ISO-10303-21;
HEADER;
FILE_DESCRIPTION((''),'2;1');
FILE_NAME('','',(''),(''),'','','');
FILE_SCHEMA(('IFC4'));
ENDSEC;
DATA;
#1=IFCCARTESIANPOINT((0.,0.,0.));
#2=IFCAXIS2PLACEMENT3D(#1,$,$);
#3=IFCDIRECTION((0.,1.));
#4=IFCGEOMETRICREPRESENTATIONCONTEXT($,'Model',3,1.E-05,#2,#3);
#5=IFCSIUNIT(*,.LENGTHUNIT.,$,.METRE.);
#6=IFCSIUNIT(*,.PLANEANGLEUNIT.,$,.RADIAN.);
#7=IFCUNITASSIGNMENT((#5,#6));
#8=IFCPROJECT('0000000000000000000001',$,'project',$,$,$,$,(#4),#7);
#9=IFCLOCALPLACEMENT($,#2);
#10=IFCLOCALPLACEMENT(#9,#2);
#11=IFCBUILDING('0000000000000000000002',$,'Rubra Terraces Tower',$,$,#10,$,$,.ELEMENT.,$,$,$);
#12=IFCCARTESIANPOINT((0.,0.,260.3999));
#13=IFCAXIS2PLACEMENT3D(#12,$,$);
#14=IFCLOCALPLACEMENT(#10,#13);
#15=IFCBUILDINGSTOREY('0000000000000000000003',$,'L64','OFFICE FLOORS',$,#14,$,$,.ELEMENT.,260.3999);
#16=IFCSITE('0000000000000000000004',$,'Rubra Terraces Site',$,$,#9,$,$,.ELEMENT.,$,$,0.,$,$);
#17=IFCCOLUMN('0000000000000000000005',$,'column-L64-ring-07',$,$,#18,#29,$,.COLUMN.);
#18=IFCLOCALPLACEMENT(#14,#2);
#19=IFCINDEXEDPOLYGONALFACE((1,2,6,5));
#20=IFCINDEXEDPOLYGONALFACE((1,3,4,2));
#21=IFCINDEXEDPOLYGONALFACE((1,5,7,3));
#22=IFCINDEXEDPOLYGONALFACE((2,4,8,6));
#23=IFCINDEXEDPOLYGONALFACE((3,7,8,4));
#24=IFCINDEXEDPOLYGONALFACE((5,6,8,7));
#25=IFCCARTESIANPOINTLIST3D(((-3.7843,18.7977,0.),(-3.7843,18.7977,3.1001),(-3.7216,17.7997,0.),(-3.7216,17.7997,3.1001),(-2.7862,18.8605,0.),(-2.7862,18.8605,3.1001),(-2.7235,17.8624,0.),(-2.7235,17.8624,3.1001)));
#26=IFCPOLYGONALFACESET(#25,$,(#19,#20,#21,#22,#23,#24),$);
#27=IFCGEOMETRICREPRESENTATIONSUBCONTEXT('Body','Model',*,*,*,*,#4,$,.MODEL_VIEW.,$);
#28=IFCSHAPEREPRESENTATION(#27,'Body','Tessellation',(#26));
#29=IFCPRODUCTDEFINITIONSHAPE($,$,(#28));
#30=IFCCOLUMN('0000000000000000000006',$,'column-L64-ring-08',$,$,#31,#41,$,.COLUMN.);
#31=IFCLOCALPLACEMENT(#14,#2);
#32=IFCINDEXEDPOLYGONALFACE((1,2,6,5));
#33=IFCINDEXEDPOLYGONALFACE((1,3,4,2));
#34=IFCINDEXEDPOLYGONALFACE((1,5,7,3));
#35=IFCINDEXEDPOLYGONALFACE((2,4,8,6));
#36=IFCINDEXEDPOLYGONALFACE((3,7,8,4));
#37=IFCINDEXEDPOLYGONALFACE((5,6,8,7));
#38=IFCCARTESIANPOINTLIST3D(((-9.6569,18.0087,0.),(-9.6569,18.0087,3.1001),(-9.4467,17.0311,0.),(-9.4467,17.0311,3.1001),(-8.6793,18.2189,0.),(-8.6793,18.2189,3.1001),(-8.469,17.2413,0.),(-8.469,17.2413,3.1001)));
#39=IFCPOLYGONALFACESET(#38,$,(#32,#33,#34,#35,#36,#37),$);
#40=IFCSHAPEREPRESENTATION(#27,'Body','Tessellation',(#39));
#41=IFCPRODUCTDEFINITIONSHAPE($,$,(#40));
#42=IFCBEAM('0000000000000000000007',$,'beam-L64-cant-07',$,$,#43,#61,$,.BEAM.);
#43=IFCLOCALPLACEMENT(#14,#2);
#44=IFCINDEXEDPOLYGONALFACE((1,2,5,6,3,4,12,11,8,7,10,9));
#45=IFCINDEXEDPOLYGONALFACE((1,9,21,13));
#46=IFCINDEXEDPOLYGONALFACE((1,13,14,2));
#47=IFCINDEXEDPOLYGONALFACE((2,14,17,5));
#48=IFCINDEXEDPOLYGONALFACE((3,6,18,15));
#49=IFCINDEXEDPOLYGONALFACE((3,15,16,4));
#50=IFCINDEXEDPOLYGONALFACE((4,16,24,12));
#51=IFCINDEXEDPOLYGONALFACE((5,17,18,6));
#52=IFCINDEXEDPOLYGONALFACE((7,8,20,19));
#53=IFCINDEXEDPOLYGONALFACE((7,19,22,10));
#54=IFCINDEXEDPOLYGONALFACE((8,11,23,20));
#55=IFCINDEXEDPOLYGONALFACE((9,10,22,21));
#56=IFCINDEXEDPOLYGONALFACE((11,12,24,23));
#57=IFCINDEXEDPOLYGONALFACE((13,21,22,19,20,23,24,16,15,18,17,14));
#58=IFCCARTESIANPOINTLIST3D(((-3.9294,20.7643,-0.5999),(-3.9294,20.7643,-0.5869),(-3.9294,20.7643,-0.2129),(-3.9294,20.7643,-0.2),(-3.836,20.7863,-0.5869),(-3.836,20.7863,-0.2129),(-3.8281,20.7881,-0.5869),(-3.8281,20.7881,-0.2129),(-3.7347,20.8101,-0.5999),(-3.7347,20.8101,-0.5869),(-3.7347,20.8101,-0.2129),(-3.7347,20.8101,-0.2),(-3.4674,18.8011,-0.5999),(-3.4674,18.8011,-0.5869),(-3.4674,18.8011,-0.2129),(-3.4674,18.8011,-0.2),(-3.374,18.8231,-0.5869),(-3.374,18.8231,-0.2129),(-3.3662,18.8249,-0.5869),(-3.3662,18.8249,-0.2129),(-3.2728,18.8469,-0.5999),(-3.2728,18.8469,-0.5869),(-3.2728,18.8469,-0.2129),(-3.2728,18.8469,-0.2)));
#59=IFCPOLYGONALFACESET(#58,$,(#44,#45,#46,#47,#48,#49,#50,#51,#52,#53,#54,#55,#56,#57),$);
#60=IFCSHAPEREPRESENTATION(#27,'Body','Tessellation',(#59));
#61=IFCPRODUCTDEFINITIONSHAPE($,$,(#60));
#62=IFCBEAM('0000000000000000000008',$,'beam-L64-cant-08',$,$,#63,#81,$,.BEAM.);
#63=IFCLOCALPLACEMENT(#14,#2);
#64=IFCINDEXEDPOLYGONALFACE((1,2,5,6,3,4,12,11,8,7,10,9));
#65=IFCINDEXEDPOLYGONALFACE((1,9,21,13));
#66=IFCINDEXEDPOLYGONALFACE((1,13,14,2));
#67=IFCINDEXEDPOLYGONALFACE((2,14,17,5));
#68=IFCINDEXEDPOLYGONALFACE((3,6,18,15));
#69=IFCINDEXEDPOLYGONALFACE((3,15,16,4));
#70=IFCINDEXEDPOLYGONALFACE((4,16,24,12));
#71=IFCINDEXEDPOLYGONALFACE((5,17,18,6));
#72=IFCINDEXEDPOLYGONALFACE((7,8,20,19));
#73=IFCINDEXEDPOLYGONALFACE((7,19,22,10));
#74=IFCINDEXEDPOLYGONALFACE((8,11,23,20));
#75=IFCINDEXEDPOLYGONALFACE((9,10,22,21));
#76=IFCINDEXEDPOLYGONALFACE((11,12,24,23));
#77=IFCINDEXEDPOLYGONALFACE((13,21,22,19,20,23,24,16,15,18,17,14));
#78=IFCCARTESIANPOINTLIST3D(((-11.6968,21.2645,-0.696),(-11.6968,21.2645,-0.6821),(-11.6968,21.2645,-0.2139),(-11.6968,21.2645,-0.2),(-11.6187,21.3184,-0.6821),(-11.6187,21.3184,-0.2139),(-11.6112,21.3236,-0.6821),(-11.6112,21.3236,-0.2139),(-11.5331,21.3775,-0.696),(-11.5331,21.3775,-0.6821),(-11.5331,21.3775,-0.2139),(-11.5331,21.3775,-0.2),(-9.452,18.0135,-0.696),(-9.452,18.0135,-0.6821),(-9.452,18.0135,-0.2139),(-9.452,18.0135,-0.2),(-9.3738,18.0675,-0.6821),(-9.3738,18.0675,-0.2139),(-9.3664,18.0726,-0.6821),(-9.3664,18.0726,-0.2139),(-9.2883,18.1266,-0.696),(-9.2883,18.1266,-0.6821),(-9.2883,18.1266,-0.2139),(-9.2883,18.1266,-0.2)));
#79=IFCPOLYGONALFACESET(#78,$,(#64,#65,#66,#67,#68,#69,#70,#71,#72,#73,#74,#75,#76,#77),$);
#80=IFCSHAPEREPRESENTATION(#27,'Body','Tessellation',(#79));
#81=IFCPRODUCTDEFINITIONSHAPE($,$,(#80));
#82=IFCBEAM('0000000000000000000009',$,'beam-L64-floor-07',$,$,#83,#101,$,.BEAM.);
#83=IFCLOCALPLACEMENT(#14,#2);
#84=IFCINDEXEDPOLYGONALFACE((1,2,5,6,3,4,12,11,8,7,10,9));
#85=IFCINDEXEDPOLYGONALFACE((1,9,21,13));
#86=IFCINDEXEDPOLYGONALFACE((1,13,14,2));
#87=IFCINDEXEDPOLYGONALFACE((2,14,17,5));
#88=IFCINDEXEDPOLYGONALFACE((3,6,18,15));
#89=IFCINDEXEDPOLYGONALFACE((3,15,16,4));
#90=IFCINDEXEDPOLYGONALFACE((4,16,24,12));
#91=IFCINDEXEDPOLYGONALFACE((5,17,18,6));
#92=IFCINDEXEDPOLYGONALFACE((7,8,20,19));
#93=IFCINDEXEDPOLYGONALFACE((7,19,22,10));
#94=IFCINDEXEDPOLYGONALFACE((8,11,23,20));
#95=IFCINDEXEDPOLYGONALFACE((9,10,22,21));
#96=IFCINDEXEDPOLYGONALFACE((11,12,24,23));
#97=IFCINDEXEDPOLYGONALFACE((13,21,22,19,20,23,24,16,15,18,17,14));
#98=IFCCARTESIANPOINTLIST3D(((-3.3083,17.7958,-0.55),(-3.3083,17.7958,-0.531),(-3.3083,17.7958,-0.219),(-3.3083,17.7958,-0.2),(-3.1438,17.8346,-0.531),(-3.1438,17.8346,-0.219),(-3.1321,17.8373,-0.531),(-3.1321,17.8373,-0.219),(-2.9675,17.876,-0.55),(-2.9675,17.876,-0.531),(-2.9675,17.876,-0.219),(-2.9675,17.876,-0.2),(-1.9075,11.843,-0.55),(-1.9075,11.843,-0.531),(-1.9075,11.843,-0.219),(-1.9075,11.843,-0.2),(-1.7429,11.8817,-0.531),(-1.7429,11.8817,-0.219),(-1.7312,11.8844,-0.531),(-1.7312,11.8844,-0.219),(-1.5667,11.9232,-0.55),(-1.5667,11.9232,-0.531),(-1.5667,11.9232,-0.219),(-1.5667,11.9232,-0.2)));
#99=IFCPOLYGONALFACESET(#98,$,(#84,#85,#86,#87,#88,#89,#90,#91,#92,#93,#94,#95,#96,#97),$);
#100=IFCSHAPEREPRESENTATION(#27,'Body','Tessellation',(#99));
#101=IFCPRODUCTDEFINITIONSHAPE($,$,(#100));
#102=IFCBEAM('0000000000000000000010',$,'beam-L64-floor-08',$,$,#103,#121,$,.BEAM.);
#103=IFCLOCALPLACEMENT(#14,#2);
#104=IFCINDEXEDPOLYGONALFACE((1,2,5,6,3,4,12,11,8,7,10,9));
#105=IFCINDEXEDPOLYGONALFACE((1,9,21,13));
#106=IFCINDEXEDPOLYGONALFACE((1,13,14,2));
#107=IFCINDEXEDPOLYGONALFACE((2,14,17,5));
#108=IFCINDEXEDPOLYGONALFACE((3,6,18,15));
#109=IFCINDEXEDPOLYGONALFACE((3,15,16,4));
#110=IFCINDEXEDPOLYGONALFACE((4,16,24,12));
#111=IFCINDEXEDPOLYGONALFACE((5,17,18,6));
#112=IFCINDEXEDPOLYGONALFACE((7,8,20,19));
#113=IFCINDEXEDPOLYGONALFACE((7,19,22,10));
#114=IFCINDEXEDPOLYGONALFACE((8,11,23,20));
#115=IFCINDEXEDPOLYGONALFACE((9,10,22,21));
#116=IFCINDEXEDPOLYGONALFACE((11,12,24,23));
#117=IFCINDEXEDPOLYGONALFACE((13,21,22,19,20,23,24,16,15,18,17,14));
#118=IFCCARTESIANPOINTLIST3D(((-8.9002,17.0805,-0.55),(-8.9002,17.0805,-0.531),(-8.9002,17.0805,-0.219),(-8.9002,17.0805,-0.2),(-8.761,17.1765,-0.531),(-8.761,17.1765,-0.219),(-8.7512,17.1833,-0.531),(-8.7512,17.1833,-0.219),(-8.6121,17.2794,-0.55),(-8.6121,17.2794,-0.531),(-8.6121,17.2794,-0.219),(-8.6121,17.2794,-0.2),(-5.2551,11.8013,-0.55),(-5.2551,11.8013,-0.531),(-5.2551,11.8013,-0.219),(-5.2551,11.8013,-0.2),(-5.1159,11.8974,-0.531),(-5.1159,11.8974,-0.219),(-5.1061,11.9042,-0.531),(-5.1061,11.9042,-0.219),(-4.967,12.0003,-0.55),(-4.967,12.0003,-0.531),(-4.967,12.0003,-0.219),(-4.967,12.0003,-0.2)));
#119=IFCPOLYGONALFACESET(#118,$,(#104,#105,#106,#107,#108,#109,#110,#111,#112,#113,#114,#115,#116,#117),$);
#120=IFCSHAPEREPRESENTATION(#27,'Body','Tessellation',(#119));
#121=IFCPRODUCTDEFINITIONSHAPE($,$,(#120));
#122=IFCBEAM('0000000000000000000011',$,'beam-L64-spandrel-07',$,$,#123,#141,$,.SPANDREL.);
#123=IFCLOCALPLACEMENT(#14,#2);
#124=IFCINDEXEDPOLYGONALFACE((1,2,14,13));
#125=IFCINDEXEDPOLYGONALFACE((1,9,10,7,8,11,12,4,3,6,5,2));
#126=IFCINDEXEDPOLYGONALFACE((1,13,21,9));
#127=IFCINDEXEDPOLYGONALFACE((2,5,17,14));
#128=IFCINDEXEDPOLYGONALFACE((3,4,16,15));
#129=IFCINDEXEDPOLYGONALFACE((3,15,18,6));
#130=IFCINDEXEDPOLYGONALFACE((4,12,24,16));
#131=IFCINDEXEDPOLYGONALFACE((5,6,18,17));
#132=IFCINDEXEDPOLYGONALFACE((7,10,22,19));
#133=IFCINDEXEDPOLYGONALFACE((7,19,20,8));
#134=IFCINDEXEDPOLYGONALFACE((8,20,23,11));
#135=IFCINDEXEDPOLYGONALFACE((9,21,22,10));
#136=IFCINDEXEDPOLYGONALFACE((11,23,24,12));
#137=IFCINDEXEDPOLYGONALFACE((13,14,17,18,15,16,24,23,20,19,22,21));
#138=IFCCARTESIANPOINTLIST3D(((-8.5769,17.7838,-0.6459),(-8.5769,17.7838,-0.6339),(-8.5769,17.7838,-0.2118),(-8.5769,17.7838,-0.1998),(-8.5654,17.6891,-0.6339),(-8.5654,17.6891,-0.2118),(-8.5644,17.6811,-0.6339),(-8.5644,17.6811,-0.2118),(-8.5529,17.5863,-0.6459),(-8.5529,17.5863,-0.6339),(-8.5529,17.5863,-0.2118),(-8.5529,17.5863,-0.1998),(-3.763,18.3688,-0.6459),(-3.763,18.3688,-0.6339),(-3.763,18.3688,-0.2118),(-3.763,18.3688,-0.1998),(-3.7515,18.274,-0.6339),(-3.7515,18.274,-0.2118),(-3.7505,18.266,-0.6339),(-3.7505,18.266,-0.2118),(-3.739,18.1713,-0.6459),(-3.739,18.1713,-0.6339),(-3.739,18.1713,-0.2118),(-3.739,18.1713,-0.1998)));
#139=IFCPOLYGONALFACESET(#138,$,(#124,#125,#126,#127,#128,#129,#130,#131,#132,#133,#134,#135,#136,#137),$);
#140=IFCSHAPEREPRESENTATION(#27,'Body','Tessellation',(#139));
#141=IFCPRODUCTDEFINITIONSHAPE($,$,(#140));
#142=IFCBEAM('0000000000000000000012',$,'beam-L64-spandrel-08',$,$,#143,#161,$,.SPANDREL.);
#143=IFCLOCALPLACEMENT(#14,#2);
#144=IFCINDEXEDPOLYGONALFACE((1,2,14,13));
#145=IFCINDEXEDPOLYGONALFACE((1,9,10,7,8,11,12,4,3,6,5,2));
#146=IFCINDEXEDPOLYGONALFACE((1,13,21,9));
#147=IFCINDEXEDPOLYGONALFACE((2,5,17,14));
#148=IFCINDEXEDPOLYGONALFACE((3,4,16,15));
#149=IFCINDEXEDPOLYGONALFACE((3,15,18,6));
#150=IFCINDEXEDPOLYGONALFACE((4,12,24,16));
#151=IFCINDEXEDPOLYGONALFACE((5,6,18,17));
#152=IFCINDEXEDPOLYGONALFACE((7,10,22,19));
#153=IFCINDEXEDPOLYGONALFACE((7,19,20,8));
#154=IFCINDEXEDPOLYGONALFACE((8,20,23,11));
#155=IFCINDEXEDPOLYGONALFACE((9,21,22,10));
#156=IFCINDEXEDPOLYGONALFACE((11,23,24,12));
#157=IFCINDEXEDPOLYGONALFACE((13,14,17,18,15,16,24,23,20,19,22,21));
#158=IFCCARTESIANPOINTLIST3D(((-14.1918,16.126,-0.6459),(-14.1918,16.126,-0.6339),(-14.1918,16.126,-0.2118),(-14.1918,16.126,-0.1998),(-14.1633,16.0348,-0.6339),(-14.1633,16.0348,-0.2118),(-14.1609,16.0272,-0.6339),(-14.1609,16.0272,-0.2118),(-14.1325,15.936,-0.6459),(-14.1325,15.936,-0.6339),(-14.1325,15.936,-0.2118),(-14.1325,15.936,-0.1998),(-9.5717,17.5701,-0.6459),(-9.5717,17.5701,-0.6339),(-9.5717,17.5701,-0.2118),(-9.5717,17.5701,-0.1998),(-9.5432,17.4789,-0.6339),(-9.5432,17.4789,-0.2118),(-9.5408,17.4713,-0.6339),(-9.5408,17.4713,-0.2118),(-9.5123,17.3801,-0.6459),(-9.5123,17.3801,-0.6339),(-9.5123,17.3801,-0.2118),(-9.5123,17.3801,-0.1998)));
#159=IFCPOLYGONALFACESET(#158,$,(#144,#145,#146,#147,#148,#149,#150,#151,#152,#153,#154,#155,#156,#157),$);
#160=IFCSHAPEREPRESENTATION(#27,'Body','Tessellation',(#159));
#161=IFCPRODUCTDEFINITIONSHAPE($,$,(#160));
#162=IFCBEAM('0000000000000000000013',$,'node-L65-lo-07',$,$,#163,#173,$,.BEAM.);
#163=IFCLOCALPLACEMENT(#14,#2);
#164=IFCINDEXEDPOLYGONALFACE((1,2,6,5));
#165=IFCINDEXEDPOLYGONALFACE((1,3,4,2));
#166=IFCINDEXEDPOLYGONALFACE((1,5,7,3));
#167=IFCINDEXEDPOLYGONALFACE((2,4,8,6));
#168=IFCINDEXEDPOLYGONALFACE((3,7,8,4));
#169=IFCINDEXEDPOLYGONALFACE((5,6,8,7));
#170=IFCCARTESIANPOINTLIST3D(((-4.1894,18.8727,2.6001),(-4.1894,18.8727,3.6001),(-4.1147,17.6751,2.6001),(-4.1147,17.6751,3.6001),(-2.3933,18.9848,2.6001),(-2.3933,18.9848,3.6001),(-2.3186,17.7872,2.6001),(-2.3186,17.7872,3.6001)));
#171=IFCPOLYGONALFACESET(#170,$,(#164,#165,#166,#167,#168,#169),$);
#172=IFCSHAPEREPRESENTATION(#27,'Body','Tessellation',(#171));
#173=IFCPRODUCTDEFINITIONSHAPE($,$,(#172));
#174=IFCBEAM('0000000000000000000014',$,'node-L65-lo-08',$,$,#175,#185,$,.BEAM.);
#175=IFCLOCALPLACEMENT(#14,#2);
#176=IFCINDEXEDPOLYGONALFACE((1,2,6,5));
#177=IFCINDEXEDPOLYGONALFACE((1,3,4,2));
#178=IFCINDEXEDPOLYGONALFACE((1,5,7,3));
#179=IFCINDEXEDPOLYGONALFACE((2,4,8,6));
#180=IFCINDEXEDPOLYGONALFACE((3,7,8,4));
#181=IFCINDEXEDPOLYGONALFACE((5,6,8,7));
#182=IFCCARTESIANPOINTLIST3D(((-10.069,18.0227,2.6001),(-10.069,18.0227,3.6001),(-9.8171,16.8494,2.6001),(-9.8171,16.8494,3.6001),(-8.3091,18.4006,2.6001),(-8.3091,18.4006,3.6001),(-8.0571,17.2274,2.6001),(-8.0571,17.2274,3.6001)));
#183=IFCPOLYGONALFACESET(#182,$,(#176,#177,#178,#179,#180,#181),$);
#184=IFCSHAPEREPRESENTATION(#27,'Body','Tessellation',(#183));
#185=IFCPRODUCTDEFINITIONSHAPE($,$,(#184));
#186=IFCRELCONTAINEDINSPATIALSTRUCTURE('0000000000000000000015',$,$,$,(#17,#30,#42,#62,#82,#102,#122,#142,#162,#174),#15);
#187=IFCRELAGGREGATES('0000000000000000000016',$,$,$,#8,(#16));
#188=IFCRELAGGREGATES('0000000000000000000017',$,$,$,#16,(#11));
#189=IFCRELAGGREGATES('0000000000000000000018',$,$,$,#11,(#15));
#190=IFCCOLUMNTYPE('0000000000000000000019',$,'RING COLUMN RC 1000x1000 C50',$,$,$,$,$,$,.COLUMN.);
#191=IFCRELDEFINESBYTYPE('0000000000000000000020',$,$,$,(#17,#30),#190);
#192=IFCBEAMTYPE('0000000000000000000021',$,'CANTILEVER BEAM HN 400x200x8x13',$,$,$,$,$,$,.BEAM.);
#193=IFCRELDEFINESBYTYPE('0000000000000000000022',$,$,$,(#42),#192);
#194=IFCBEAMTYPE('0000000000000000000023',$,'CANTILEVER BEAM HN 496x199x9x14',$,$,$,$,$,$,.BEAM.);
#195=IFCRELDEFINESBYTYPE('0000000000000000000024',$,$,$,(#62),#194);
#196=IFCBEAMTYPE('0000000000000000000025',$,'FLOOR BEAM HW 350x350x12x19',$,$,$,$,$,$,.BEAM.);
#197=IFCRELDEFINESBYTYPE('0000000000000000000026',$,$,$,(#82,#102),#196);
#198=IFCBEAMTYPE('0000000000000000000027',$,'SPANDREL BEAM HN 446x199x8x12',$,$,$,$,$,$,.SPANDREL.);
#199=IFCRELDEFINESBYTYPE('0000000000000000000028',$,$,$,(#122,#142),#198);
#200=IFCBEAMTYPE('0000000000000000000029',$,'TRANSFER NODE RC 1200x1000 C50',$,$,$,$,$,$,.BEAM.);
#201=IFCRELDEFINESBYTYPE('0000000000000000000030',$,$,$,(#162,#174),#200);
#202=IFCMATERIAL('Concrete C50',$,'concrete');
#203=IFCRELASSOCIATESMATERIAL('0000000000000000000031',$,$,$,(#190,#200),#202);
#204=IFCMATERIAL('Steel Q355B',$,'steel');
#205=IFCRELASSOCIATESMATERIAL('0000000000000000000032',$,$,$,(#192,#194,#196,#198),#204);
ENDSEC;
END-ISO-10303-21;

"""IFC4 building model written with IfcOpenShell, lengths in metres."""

from ifc_helpers import new_model, si_unit, direction, frame, origin, origin_2d, place, context, subcontext, project, spatial, rectangle, i_section, extrude, material, material_profile, profile_set, type_object, element, save


model = new_model("IFC4")

# Units and contexts
model_context = context("Model", 3, precision=1e-05, world=origin(), true_north=direction((0.0, 1.0)))
body_context = subcontext(model_context, "Body", "Model", "MODEL_VIEW")
ifc_project = project(units=[si_unit("LENGTHUNIT", "METRE"), si_unit("PLANEANGLEUNIT", "RADIAN")], contexts=[model_context])

# Site, building, storey
site_placement = place(None, origin())
site = spatial("IfcSite", under=ifc_project, at=site_placement, Name="Rubra Terraces Site", CompositionType="ELEMENT", RefElevation=0.0)
building_placement = place(site_placement, origin())
building = spatial("IfcBuilding", under=site, at=building_placement, Name="Rubra Terraces Tower", CompositionType="ELEMENT")
storey_placement = place(building_placement, frame((0.0, 0.0, 260.3999)))
storey = spatial("IfcBuildingStorey", under=building, at=storey_placement, Name="L64", Description="OFFICE FLOORS", CompositionType="ELEMENT", Elevation=260.3999)

# Columns
ifc_material_1 = material(Name="Concrete C50", Category="concrete")
ifc_material_profile_1 = material_profile(ifc_material_1, rectangle(XDim=1.0, YDim=1.0, at=origin_2d()), Name="RC 1000x1000")
ifc_profile_set_1 = profile_set([ifc_material_profile_1], Name="Concrete C50")
column_type = type_object("IfcColumnType", Name="RING COLUMN RC 1000x1000 C50", PredefinedType="COLUMN", material=ifc_profile_set_1)
for number, where, z_axis, x_axis, name in (
    (1, (-3.2539, 18.3301, 0.0), (0.0, 0.0, 1.0), (-0.998032, -0.062714, 0.0), "column-L64-ring-07"),
    (2, (-9.063, 17.625, 0.0), (0.0, 0.0, 1.0), (-0.977653, -0.210227, 0.0), "column-L64-ring-08"),
):
    element("IfcColumn", number, at=place(storey_placement, frame(where, z_axis=z_axis, x_axis=x_axis)), inside=storey, type_object=column_type, Name=name, PredefinedType="COLUMN", context=body_context, shape_type="SweptSolid", body=[
        extrude(rectangle(XDim=1.0, YDim=1.0, at=origin_2d()), origin(), (0.0, 0.0, 1.0), 3.1001),
    ])

# Beams
ifc_material_2 = material(Name="Steel Q355B", Category="steel")
ifc_material_profile_2 = material_profile(ifc_material_2, i_section(OverallWidth=0.2, OverallDepth=0.3999, WebThickness=0.0081, FlangeThickness=0.0129, at=origin_2d()), Name="HN 400x200x8x13")
ifc_profile_set_2 = profile_set([ifc_material_profile_2], Name="Steel Q355B")
beam_type_1 = type_object("IfcBeamType", Name="CANTILEVER BEAM HN 400x200x8x13", PredefinedType="BEAM", material=ifc_profile_set_2)
beam_1_placement = place(storey_placement, frame((-3.3701, 18.824, -0.3999), z_axis=(-0.229039, 0.973417, 0.0), x_axis=(-0.973417, -0.229039, 0.0)))
element("IfcBeam", 3, at=beam_1_placement, inside=storey, type_object=beam_type_1, Name="beam-L64-cant-07", PredefinedType="BEAM", context=body_context, shape_type="SweptSolid", body=[
    extrude(i_section(OverallWidth=0.2, OverallDepth=0.3999, WebThickness=0.0081, FlangeThickness=0.0129, at=origin_2d()), origin(), (0.0, 0.0, 1.0), 2.0168),
])
ifc_material_profile_3 = material_profile(ifc_material_2, i_section(OverallWidth=0.199, OverallDepth=0.4961, WebThickness=0.009, FlangeThickness=0.0139, at=origin_2d()), Name="HN 496x199x9x14")
ifc_profile_set_3 = profile_set([ifc_material_profile_3], Name="Steel Q355B")
beam_type_2 = type_object("IfcBeamType", Name="CANTILEVER BEAM HN 496x199x9x14", PredefinedType="BEAM", material=ifc_profile_set_3)
beam_2_placement = place(storey_placement, frame((-9.3701, 18.0701, -0.448), z_axis=(-0.568217, 0.822879, 0.0), x_axis=(-0.822879, -0.568217, 0.0)))
element("IfcBeam", 4, at=beam_2_placement, inside=storey, type_object=beam_type_2, Name="beam-L64-cant-08", PredefinedType="BEAM", context=body_context, shape_type="SweptSolid", body=[
    extrude(i_section(OverallWidth=0.199, OverallDepth=0.4961, WebThickness=0.009, FlangeThickness=0.0139, at=origin_2d()), origin(), (0.0, 0.0, 1.0), 3.9507),
])
ifc_material_profile_4 = material_profile(ifc_material_2, i_section(OverallWidth=0.3501, OverallDepth=0.3501, WebThickness=0.012, FlangeThickness=0.019, at=origin_2d()), Name="HW 350x350x12x19")
ifc_profile_set_4 = profile_set([ifc_material_profile_4], Name="Steel Q355B")
beam_type_3 = type_object("IfcBeamType", Name="FLOOR BEAM HW 350x350x12x19", PredefinedType="BEAM", material=ifc_profile_set_4)
beam_3_placement = place(storey_placement, frame((-3.1379, 17.8359, -0.375), z_axis=(0.22907, -0.97341, 0.0), x_axis=(0.97341, 0.22907, 0.0)))
element("IfcBeam", 5, at=beam_3_placement, inside=storey, type_object=beam_type_3, Name="beam-L64-floor-07", PredefinedType="BEAM", context=body_context, shape_type="SweptSolid", body=[
    extrude(i_section(OverallWidth=0.3501, OverallDepth=0.3501, WebThickness=0.012, FlangeThickness=0.019, at=origin_2d()), origin(), (0.0, 0.0, 1.0), 6.1155),
])
beam_4_placement = place(storey_placement, frame((-8.7561, 17.1799, -0.375), z_axis=(0.568186, -0.8229, 0.0), x_axis=(0.8229, 0.568186, 0.0)))
element("IfcBeam", 6, at=beam_4_placement, inside=storey, type_object=beam_type_3, Name="beam-L64-floor-08", PredefinedType="BEAM", context=body_context, shape_type="SweptSolid", body=[
    extrude(i_section(OverallWidth=0.3501, OverallDepth=0.3501, WebThickness=0.012, FlangeThickness=0.019, at=origin_2d()), origin(), (0.0, 0.0, 1.0), 6.4153),
])
ifc_material_profile_5 = material_profile(ifc_material_2, i_section(OverallWidth=0.199, OverallDepth=0.446, WebThickness=0.0081, FlangeThickness=0.012, at=origin_2d()), Name="HN 446x199x8x12")
ifc_profile_set_5 = profile_set([ifc_material_profile_5], Name="Steel Q355B")
beam_type_4 = type_object("IfcBeamType", Name="SPANDREL BEAM HN 446x199x8x12", PredefinedType="SPANDREL", material=ifc_profile_set_5)
beam_5_placement = place(storey_placement, frame((-3.751, 18.27, -0.4229), z_axis=(-0.992698, -0.120626, 0.0), x_axis=(0.120626, -0.992698, 0.0)))
element("IfcBeam", 7, at=beam_5_placement, inside=storey, type_object=beam_type_4, Name="beam-L64-spandrel-07", PredefinedType="SPANDREL", context=body_context, shape_type="SweptSolid", body=[
    extrude(i_section(OverallWidth=0.199, OverallDepth=0.446, WebThickness=0.0081, FlangeThickness=0.012, at=origin_2d()), origin(), (0.0, 0.0, 1.0), 4.8494),
])
beam_6_placement = place(storey_placement, frame((-9.542, 17.4751, -0.4229), z_axis=(-0.954462, -0.298332, 0.0), x_axis=(0.298332, -0.954462, 0.0)))
element("IfcBeam", 8, at=beam_6_placement, inside=storey, type_object=beam_type_4, Name="beam-L64-spandrel-08", PredefinedType="SPANDREL", context=body_context, shape_type="SweptSolid", body=[
    extrude(i_section(OverallWidth=0.199, OverallDepth=0.446, WebThickness=0.0081, FlangeThickness=0.012, at=origin_2d()), origin(), (0.0, 0.0, 1.0), 4.8406),
])
ifc_material_profile_6 = material_profile(ifc_material_1, rectangle(XDim=1.2, YDim=1.0, at=origin_2d()), Name="RC 1200x1000")
ifc_profile_set_6 = profile_set([ifc_material_profile_6], Name="Concrete C50")
beam_type_5 = type_object("IfcBeamType", Name="TRANSFER NODE RC 1200x1000 C50", PredefinedType="BEAM", material=ifc_profile_set_6)
beam_7_placement = place(storey_placement, frame((-2.356, 18.386, 3.1001), z_axis=(-0.998059, -0.062268, 0.0), x_axis=(0.062268, -0.998059, 0.0)))
element("IfcBeam", 9, at=beam_7_placement, inside=storey, type_object=beam_type_5, Name="node-L65-lo-07", PredefinedType="BEAM", context=body_context, shape_type="SweptSolid", body=[
    extrude(rectangle(XDim=1.2, YDim=1.0, at=origin_2d()), origin(), (0.0, 0.0, 1.0), 1.7996),
])
beam_8_placement = place(storey_placement, frame((-8.1831, 17.814, 3.1001), z_axis=(-0.977713, -0.209946, 0.0), x_axis=(0.209946, -0.977713, 0.0)))
element("IfcBeam", 10, at=beam_8_placement, inside=storey, type_object=beam_type_5, Name="node-L65-lo-08", PredefinedType="BEAM", context=body_context, shape_type="SweptSolid", body=[
    extrude(rectangle(XDim=1.2, YDim=1.0, at=origin_2d()), origin(), (0.0, 0.0, 1.0), 1.8),
])

save(model, "model.ifc")
